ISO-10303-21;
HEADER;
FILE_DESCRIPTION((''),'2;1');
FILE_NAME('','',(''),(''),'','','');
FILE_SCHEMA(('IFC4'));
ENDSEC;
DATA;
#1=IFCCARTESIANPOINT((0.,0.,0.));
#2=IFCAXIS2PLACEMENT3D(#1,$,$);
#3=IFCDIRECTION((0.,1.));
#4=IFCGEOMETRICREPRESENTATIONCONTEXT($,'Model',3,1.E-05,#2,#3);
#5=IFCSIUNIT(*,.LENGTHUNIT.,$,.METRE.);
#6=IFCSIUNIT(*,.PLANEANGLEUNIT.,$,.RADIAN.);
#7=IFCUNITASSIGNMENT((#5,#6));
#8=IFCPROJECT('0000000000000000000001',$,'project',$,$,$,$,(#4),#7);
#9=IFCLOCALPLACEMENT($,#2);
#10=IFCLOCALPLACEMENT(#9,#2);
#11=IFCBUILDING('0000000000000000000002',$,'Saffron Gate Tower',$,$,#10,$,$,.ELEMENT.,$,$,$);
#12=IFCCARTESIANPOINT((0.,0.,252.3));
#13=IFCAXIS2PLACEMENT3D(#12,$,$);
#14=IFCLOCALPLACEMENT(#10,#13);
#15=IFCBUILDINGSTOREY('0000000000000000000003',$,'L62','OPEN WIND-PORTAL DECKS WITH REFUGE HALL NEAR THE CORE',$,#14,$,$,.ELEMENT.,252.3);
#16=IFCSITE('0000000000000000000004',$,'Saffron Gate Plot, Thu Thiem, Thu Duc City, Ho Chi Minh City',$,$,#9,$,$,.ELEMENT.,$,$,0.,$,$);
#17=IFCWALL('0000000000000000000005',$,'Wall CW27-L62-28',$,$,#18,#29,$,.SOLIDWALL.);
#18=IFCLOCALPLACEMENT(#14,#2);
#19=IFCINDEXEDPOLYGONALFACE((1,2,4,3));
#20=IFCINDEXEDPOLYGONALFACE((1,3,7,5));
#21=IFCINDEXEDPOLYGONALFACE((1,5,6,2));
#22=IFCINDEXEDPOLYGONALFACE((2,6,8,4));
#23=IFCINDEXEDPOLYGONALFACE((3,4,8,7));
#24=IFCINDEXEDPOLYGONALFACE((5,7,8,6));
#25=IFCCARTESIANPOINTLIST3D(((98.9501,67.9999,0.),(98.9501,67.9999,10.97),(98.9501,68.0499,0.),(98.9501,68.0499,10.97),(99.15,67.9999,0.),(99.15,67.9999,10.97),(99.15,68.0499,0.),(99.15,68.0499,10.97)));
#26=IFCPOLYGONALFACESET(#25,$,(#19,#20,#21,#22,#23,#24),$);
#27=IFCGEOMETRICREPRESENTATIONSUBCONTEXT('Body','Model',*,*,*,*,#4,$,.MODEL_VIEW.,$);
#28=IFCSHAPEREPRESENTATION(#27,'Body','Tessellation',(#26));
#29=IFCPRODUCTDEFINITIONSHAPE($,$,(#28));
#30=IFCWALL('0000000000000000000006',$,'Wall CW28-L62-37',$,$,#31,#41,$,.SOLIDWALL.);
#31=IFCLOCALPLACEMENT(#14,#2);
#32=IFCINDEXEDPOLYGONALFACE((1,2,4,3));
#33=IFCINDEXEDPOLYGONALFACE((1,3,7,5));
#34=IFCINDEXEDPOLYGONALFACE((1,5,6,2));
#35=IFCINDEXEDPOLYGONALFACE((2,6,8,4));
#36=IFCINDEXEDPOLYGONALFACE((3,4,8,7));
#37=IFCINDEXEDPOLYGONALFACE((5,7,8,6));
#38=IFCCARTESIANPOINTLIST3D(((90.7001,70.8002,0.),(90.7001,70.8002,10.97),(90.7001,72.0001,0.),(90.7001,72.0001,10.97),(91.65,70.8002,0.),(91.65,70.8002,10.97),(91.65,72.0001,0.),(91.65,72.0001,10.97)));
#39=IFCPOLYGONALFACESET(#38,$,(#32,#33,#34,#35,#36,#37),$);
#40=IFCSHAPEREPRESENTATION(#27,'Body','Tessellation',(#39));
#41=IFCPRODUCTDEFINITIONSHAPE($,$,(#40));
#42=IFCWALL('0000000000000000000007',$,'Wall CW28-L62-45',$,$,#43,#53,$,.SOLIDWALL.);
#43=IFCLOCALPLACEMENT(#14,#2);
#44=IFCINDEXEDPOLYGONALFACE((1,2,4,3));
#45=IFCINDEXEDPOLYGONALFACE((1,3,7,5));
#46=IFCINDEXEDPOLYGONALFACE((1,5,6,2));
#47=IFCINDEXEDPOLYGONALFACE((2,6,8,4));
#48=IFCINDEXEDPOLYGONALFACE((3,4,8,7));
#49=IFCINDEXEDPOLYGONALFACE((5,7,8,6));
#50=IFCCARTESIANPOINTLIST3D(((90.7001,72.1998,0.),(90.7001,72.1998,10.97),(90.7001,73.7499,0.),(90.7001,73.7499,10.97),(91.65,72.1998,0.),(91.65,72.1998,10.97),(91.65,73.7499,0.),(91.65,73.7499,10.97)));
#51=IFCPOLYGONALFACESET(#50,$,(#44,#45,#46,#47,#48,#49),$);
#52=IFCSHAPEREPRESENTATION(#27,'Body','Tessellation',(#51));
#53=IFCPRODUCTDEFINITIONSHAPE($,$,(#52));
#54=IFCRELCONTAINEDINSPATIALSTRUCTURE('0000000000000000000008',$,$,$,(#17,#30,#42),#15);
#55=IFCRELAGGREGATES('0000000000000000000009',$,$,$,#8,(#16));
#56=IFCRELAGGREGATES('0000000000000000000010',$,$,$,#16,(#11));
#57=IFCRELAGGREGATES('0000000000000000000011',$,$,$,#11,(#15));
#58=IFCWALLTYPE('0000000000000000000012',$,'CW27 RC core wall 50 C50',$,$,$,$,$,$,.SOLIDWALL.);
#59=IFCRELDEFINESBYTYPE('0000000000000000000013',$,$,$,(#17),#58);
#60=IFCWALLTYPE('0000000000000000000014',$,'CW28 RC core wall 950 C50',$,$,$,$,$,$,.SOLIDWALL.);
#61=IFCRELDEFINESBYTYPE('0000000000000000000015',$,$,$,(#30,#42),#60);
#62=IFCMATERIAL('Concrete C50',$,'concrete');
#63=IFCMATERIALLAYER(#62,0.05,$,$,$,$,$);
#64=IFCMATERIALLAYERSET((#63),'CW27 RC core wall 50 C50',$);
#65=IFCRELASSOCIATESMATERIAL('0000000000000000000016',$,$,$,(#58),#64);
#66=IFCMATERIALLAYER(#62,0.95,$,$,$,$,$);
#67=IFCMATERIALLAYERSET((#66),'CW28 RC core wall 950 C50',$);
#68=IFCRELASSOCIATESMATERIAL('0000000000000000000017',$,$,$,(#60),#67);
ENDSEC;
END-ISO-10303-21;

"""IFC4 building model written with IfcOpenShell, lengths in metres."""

from ifc_helpers import new_model, si_unit, direction, frame, frame_2d, origin, place, context, subcontext, project, spatial, rectangle, extrude, material, layer, layer_set, type_object, element, save


model = new_model("IFC4")

# Units and contexts
model_context = context("Model", 3, precision=1e-05, world=origin(), true_north=direction((0.0, 1.0)))
body_context = subcontext(model_context, "Body", "Model", "MODEL_VIEW")
ifc_project = project(units=[si_unit("LENGTHUNIT", "METRE"), si_unit("PLANEANGLEUNIT", "RADIAN")], contexts=[model_context])

# Site, building, storey
site_placement = place(None, origin())
site = spatial("IfcSite", under=ifc_project, at=site_placement, Name="Saffron Gate Plot, Thu Thiem, Thu Duc City, Ho Chi Minh City", CompositionType="ELEMENT", RefElevation=0.0)
building_placement = place(site_placement, origin())
building = spatial("IfcBuilding", under=site, at=building_placement, Name="Saffron Gate Tower", CompositionType="ELEMENT")
storey_placement = place(building_placement, frame((0.0, 0.0, 252.3)))
storey = spatial("IfcBuildingStorey", under=building, at=storey_placement, Name="L62", Description="OPEN WIND-PORTAL DECKS WITH REFUGE HALL NEAR THE CORE", CompositionType="ELEMENT", Elevation=252.3)

# Shared definitions
ifc_material_1 = material(Name="Concrete C50", Category="concrete")

# Walls
ifc_layer_1 = layer(ifc_material_1, 0.05)
ifc_layer_set_1 = layer_set([ifc_layer_1], Name="CW27 RC core wall 50 C50")
wall_type_1 = type_object("IfcWallType", Name="CW27 RC core wall 50 C50", PredefinedType="SOLIDWALL", material=ifc_layer_set_1)
wall_1_placement = place(storey_placement, frame((98.95, 68.0249, 0.0), z_axis=(0.0, 0.0, 1.0), x_axis=(1.0, 0.0, 0.0)))
element("IfcWall", 1, at=wall_1_placement, inside=storey, type_object=wall_type_1, Name="Wall CW27-L62-28", PredefinedType="SOLIDWALL", context=body_context, shape_type="SweptSolid", body=[
    extrude(rectangle(XDim=0.2, YDim=0.05, at=frame_2d((0.1001, 0.0))), origin(), (0.0, 0.0, 1.0), 10.97),
])
ifc_layer_2 = layer(ifc_material_1, 0.95)
ifc_layer_set_2 = layer_set([ifc_layer_2], Name="CW28 RC core wall 950 C50")
wall_type_2 = type_object("IfcWallType", Name="CW28 RC core wall 950 C50", PredefinedType="SOLIDWALL", material=ifc_layer_set_2)
wall_2_placement = place(storey_placement, frame((91.175, 70.8, 0.0), z_axis=(0.0, 0.0, 1.0), x_axis=(0.0, 1.0, 0.0)))
element("IfcWall", 2, at=wall_2_placement, inside=storey, type_object=wall_type_2, Name="Wall CW28-L62-37", PredefinedType="SOLIDWALL", context=body_context, shape_type="SweptSolid", body=[
    extrude(rectangle(XDim=1.2, YDim=0.95, at=frame_2d((0.6001, 0.0))), origin(), (0.0, 0.0, 1.0), 10.97),
])
wall_3_placement = place(storey_placement, frame((91.175, 72.2, 0.0), z_axis=(0.0, 0.0, 1.0), x_axis=(0.0, 1.0, 0.0)))
element("IfcWall", 3, at=wall_3_placement, inside=storey, type_object=wall_type_2, Name="Wall CW28-L62-45", PredefinedType="SOLIDWALL", context=body_context, shape_type="SweptSolid", body=[
    extrude(rectangle(XDim=1.55, YDim=0.95, at=frame_2d((0.7749, 0.0))), origin(), (0.0, 0.0, 1.0), 10.97),
])

save(model, "model.ifc")
